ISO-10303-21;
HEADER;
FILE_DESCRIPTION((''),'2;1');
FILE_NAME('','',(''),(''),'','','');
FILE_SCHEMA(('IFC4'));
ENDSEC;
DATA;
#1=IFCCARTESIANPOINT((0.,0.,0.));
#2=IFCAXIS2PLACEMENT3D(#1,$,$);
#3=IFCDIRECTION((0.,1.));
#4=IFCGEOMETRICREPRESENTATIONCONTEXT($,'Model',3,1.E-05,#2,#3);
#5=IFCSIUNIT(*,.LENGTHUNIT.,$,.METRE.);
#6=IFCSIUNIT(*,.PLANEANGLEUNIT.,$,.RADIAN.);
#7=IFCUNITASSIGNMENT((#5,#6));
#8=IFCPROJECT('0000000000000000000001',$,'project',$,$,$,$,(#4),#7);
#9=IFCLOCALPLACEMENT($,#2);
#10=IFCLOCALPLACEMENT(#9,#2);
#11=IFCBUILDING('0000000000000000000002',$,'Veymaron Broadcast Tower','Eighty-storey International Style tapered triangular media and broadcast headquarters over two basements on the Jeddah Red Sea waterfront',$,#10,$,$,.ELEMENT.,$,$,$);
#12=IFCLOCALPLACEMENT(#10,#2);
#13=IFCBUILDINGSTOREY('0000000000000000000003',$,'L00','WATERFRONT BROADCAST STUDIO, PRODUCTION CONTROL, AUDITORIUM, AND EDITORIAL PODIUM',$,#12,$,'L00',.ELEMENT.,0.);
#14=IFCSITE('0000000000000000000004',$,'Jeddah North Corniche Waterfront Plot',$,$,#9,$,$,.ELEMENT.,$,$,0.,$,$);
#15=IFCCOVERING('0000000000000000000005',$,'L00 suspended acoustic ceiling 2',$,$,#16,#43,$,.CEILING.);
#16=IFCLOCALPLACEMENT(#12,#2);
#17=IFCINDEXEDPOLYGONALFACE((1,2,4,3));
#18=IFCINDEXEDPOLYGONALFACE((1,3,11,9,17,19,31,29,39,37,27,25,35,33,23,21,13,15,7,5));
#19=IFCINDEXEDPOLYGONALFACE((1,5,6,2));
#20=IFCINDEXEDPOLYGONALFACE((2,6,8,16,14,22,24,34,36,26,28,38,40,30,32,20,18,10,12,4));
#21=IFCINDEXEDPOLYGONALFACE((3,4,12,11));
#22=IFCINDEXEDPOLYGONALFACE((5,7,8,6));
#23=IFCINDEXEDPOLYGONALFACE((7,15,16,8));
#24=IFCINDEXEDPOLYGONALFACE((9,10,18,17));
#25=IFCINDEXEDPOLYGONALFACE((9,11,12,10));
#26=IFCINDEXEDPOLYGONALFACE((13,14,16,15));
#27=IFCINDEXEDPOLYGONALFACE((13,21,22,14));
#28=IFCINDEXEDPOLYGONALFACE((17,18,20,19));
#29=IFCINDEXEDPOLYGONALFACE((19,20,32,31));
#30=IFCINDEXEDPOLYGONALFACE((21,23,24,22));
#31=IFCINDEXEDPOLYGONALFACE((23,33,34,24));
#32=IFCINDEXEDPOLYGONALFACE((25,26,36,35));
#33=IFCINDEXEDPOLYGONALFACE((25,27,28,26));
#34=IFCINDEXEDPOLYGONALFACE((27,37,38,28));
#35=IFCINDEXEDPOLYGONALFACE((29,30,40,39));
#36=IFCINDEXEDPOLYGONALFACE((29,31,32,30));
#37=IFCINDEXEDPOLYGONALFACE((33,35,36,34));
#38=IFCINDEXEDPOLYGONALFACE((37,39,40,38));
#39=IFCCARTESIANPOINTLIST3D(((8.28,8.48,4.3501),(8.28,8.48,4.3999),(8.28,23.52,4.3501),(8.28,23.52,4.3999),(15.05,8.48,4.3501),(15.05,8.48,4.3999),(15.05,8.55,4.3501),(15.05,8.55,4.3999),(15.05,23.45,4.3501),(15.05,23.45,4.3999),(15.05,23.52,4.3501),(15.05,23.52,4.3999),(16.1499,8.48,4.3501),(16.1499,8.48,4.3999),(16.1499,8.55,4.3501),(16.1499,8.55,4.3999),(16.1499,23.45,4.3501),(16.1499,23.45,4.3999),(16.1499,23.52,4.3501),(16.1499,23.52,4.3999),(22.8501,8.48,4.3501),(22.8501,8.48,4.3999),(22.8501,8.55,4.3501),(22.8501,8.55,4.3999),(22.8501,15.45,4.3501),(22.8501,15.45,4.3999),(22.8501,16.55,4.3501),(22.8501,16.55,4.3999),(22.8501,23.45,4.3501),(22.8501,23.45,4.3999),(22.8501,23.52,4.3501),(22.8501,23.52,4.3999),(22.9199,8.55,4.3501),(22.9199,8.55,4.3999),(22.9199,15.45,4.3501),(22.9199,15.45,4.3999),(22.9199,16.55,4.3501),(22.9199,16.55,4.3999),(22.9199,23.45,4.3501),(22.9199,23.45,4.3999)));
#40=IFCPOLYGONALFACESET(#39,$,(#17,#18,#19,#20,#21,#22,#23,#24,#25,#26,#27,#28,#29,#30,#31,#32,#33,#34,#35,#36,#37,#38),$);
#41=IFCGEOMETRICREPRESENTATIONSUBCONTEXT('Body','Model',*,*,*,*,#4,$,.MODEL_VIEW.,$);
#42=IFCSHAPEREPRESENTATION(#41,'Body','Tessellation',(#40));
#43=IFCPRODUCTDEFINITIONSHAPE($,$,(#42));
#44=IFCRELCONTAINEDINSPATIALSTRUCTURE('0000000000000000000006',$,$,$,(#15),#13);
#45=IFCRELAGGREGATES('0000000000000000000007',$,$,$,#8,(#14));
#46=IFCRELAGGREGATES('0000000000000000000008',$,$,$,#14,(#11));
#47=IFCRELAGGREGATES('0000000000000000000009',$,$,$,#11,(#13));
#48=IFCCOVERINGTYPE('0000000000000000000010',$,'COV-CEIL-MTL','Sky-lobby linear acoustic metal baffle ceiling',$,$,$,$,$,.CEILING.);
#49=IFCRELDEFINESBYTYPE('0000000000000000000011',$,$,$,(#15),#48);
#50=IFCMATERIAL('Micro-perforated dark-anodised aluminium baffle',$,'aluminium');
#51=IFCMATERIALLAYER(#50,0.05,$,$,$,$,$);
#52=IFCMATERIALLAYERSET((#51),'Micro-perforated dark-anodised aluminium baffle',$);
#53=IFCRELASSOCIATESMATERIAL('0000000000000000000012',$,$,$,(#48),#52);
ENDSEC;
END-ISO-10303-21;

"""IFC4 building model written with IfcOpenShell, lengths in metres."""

from ifc_helpers import new_model, si_unit, direction, frame, origin, place, context, subcontext, project, spatial, polyline, outline, extrude, material, layer, layer_set, type_object, element, save


model = new_model("IFC4")

# Units and contexts
model_context = context("Model", 3, precision=1e-05, world=origin(), true_north=direction((0.0, 1.0)))
body_context = subcontext(model_context, "Body", "Model", "MODEL_VIEW")
ifc_project = project(units=[si_unit("LENGTHUNIT", "METRE"), si_unit("PLANEANGLEUNIT", "RADIAN")], contexts=[model_context])

# Site, building, storey
site_placement = place(None, origin())
site = spatial("IfcSite", under=ifc_project, at=site_placement, Name="Jeddah North Corniche Waterfront Plot", CompositionType="ELEMENT", RefElevation=0.0)
building_placement = place(site_placement, origin())
building = spatial("IfcBuilding", under=site, at=building_placement, Name="Veymaron Broadcast Tower", Description="Eighty-storey International Style tapered triangular media and broadcast headquarters over two basements on the Jeddah Red Sea waterfront", CompositionType="ELEMENT")
storey_placement = place(building_placement, origin())
storey = spatial("IfcBuildingStorey", under=building, at=storey_placement, Name="L00", Description="WATERFRONT BROADCAST STUDIO, PRODUCTION CONTROL, AUDITORIUM, AND EDITORIAL PODIUM", LongName="L00", CompositionType="ELEMENT", Elevation=0.0)

# Covering
ifc_material_1 = material(Name="Micro-perforated dark-anodised aluminium baffle", Category="aluminium")
ifc_layer_1 = layer(ifc_material_1, 0.05)
ifc_layer_set_1 = layer_set([ifc_layer_1], Name="Micro-perforated dark-anodised aluminium baffle")
covering_type_1 = type_object("IfcCoveringType", Name="COV-CEIL-MTL", Description="Sky-lobby linear acoustic metal baffle ceiling", PredefinedType="CEILING", material=ifc_layer_set_1)
covering_1_placement = place(storey_placement, frame((0.0, 0.0, 4.3501)))
element("IfcCovering", 1, at=covering_1_placement, inside=storey, type_object=covering_type_1, Name="L00 suspended acoustic ceiling 2", PredefinedType="CEILING", context=body_context, shape_type="SweptSolid", body=[
    extrude(outline(polyline([(22.9199, 15.45), (22.9199, 8.55), (22.8501, 8.55), (22.8501, 8.48), (16.1499, 8.48), (16.1499, 8.55), (15.05, 8.55), (15.05, 8.48), (8.28, 8.48), (8.28, 23.52), (15.05, 23.52), (15.05, 23.45), (16.1499, 23.45), (16.1499, 23.52), (22.8501, 23.52), (22.8501, 23.45), (22.9199, 23.45), (22.9199, 16.55), (22.8501, 16.55), (22.8501, 15.45), (22.9199, 15.45)])), origin(), (0.0, 0.0, 1.0), 0.0498),
])

save(model, "model.ifc")
